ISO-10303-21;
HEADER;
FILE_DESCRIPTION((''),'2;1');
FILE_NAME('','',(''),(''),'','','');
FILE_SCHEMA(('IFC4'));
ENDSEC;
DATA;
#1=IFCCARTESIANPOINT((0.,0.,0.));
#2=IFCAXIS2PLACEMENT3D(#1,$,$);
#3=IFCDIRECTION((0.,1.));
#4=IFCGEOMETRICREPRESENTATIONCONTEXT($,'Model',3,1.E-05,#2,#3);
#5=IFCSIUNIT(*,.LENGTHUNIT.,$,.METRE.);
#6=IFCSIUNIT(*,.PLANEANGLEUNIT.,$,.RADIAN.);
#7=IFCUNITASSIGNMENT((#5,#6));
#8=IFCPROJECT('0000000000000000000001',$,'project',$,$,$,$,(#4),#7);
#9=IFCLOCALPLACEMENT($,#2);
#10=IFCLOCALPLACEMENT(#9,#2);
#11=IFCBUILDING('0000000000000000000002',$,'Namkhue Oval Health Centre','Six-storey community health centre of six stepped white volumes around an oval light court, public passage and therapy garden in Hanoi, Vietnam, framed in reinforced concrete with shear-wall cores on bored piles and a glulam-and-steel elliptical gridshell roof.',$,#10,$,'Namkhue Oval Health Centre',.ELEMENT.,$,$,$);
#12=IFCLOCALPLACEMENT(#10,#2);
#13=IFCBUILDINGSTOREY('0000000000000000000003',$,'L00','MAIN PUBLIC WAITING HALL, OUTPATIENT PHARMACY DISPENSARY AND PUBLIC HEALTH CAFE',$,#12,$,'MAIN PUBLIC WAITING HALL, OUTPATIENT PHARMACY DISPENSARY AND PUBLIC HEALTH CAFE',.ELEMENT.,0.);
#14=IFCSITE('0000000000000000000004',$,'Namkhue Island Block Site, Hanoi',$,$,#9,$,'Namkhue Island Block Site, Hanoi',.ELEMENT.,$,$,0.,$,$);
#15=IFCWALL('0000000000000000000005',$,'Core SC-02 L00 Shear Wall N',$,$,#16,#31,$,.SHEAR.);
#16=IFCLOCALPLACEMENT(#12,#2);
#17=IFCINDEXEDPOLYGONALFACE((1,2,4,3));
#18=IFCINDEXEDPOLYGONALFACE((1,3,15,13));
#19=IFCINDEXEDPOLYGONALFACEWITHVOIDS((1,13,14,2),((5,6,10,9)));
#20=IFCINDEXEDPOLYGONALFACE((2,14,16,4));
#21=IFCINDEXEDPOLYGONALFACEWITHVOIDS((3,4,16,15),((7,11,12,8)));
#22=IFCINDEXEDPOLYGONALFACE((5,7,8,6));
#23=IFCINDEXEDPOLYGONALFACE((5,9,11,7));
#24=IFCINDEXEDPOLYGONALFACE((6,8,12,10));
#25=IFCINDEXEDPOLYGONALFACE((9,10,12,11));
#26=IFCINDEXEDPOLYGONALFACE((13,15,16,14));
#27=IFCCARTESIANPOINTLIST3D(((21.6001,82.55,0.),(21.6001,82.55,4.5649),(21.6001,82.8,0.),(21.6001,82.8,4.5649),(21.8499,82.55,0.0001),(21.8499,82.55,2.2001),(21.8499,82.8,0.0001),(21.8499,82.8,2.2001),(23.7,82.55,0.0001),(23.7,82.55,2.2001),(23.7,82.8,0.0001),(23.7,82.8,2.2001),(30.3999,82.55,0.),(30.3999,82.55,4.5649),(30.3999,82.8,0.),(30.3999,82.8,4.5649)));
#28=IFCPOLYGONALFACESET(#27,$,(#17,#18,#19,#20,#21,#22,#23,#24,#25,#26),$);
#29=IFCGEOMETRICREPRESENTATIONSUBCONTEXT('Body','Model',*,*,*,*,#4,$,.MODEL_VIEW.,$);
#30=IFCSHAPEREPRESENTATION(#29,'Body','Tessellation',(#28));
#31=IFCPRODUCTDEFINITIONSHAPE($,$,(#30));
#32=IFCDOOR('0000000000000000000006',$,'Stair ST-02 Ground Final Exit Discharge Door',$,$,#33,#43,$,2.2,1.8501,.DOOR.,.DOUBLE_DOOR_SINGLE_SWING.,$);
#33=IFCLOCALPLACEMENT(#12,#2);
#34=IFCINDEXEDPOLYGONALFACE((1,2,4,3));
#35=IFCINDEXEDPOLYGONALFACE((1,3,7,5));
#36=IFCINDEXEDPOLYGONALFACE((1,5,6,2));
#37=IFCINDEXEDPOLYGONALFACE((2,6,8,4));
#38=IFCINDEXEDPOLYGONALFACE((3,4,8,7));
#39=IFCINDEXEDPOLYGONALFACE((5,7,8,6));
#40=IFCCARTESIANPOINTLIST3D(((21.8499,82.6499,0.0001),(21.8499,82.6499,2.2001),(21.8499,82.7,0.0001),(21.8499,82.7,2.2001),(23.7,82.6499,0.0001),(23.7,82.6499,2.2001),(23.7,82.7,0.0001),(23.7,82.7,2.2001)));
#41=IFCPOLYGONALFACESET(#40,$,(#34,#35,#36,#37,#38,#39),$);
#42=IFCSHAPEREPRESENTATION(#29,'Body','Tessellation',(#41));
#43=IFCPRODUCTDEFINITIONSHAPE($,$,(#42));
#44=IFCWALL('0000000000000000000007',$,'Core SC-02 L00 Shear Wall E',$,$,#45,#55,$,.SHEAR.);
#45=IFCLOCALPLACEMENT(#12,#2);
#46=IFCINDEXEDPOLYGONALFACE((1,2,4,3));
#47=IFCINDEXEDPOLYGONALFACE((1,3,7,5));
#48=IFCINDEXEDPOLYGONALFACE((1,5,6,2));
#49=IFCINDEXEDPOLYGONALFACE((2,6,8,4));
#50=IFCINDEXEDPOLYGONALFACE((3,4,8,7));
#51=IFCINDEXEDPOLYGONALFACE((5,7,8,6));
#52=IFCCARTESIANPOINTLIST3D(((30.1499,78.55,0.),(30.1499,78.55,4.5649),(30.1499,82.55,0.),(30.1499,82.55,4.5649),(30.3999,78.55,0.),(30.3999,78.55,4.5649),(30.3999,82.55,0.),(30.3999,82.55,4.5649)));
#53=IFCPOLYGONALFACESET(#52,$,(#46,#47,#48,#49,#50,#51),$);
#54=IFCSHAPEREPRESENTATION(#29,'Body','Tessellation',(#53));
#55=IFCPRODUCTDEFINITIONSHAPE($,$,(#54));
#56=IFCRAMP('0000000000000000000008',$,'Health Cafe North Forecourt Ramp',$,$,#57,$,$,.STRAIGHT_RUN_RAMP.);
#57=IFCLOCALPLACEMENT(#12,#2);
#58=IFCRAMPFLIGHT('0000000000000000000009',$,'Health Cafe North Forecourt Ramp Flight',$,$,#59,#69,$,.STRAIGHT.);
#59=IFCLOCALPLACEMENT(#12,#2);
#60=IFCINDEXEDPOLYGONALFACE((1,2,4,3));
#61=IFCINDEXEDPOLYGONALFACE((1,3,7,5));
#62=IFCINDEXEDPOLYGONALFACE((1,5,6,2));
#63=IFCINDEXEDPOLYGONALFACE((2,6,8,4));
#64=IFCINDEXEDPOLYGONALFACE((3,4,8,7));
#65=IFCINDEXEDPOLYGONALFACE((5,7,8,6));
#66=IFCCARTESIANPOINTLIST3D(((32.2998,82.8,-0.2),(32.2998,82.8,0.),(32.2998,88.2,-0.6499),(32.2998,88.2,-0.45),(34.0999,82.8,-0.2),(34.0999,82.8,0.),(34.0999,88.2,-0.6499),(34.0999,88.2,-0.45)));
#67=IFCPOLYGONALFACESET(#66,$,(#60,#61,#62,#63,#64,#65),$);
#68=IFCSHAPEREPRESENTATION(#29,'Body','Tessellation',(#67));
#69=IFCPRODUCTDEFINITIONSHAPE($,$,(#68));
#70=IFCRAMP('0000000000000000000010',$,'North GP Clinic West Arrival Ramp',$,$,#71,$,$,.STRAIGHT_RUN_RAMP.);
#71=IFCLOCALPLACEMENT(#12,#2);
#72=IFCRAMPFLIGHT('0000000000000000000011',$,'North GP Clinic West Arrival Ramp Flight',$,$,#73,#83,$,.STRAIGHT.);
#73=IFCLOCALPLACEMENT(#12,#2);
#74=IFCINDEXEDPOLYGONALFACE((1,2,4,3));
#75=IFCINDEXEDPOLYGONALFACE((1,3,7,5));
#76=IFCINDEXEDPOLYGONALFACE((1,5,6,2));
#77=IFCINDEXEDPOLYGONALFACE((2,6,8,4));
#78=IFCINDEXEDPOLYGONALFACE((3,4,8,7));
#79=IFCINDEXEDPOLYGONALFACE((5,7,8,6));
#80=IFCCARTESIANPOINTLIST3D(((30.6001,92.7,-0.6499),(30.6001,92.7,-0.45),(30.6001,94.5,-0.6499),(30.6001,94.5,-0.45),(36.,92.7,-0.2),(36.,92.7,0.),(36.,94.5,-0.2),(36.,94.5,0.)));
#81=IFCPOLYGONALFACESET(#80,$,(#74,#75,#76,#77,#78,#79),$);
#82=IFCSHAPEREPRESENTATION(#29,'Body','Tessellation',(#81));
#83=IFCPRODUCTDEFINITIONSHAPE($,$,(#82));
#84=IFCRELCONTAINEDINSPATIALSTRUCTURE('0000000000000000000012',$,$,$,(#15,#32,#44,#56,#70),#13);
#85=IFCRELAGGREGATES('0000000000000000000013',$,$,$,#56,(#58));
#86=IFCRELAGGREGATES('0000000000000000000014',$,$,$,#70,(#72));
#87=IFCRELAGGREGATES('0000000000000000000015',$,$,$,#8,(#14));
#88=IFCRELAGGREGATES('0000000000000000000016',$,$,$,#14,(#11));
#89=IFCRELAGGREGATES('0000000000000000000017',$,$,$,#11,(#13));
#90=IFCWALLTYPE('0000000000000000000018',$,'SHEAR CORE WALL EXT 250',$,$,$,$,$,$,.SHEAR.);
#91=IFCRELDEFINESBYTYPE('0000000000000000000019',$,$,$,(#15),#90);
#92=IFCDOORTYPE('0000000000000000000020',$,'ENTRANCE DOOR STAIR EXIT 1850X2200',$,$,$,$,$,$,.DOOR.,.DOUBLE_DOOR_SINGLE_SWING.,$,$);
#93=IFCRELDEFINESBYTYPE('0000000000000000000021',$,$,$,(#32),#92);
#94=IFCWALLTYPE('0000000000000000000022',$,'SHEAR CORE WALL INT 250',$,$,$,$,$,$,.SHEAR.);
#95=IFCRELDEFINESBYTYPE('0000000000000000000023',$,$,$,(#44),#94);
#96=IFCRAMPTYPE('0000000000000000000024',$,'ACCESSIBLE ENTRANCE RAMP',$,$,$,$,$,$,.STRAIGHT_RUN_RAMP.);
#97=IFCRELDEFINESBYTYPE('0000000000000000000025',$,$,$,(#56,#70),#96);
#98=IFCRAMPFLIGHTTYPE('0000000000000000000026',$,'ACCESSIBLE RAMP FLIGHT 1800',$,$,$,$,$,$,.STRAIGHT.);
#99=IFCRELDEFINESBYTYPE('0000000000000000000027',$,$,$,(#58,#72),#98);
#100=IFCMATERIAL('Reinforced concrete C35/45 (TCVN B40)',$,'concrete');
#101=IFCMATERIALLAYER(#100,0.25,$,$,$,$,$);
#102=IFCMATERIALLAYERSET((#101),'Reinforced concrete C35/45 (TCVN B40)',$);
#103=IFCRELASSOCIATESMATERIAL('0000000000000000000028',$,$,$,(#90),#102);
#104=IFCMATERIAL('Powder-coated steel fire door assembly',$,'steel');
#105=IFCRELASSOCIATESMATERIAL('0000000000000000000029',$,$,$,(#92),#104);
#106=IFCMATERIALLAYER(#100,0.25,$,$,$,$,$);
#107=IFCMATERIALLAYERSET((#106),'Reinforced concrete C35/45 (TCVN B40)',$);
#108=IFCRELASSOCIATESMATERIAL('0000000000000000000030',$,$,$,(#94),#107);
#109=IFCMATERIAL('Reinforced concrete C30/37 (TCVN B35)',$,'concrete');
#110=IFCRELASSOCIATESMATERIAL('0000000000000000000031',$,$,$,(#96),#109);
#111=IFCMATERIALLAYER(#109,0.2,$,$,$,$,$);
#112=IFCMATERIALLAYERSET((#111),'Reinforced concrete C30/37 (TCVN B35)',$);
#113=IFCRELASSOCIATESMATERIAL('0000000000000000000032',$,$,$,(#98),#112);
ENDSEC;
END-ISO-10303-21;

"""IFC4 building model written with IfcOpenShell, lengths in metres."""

from ifc_helpers import new_model, si_unit, direction, frame, frame_2d, origin, place, context, subcontext, project, spatial, polyline, rectangle, outline, extrude, material, layer, layer_set, type_object, element, fill, aggregate, save


model = new_model("IFC4")

# Units and contexts
model_context = context("Model", 3, precision=1e-05, world=origin(), true_north=direction((0.0, 1.0)))
body_context = subcontext(model_context, "Body", "Model", "MODEL_VIEW")
ifc_project = project(units=[si_unit("LENGTHUNIT", "METRE"), si_unit("PLANEANGLEUNIT", "RADIAN")], contexts=[model_context])

# Site, building, storey
site_placement = place(None, origin())
site = spatial("IfcSite", under=ifc_project, at=site_placement, Name="Namkhue Island Block Site, Hanoi", LongName="Namkhue Island Block Site, Hanoi", CompositionType="ELEMENT", RefElevation=0.0)
building_placement = place(site_placement, origin())
building = spatial("IfcBuilding", under=site, at=building_placement, Name="Namkhue Oval Health Centre", Description="Six-storey community health centre of six stepped white volumes around an oval light court, public passage and therapy garden in Hanoi, Vietnam, framed in reinforced concrete with shear-wall cores on bored piles and a glulam-and-steel elliptical gridshell roof.", LongName="Namkhue Oval Health Centre", CompositionType="ELEMENT")
storey_placement = place(building_placement, origin())
storey = spatial("IfcBuildingStorey", under=building, at=storey_placement, Name="L00", Description="MAIN PUBLIC WAITING HALL, OUTPATIENT PHARMACY DISPENSARY AND PUBLIC HEALTH CAFE", LongName="MAIN PUBLIC WAITING HALL, OUTPATIENT PHARMACY DISPENSARY AND PUBLIC HEALTH CAFE", CompositionType="ELEMENT", Elevation=0.0)

# Shared definitions
ifc_material_1 = material(Name="Reinforced concrete C30/37 (TCVN B35)", Category="concrete")

# Shared definitions
ifc_material_2 = material(Name="Reinforced concrete C35/45 (TCVN B40)", Category="concrete")

# Wall, opening, door
ifc_layer_1 = layer(ifc_material_2, 0.25)
ifc_layer_set_1 = layer_set([ifc_layer_1], Name="Reinforced concrete C35/45 (TCVN B40)")
wall_type_1 = type_object("IfcWallType", Name="SHEAR CORE WALL EXT 250", PredefinedType="SHEAR", material=ifc_layer_set_1)
wall_1_placement = place(storey_placement, frame((30.3999, 82.675, 0.0), z_axis=(0.0, 0.0, 1.0), x_axis=(-1.0, 0.0, 0.0)))
wall_1 = element("IfcWall", 1, at=wall_1_placement, inside=storey, type_object=wall_type_1, Name="Core SC-02 L00 Shear Wall N", PredefinedType="SHEAR", context=body_context, shape_type="SweptSolid", body=[
    extrude(rectangle(XDim=8.7998, YDim=0.25, at=frame_2d((4.3999, 0.0))), origin(), (0.0, 0.0, 1.0), 4.5649),
])
opening_1_placement = place(wall_1_placement, frame((6.7, 0.0, 0.0)))
opening_1 = element("IfcOpeningElement", 2, at=opening_1_placement, cuts=wall_1, PredefinedType="OPENING", context=body_context, shape_type="SweptSolid", body=[
    extrude(rectangle(XDim=1.8501, YDim=2.2, at=frame_2d((0.925, 1.1001))), frame((0.0, 0.135, 0.0), z_axis=(0.0, -1.0, 0.0), x_axis=(1.0, 0.0, 0.0)), (0.0, 0.0, 1.0), 0.27),
])
ifc_material_3 = material(Name="Powder-coated steel fire door assembly", Category="steel")
door_type = type_object("IfcDoorType", Name="ENTRANCE DOOR STAIR EXIT 1850X2200", OperationType="DOUBLE_DOOR_SINGLE_SWING", PredefinedType="DOOR", material=ifc_material_3)
door_placement = place(opening_1_placement, frame((1.8501, 0.0, 0.0), z_axis=(0.0, 0.0, 1.0), x_axis=(-1.0, 0.0, 0.0)))
door = element("IfcDoor", 3, at=door_placement, inside=storey, type_object=door_type, Name="Stair ST-02 Ground Final Exit Discharge Door", OperationType="DOUBLE_DOOR_SINGLE_SWING", OverallHeight=2.2, OverallWidth=1.8501, PredefinedType="DOOR", context=body_context, shape_type="SweptSolid", body=[
    extrude(rectangle(XDim=1.8501, YDim=2.2, at=frame_2d((0.925, 1.1001))), frame((0.0, 0.0249, 0.0), z_axis=(0.0, -1.0, 0.0), x_axis=(1.0, 0.0, 0.0)), (0.0, 0.0, 1.0), 0.05),
])
fill(opening_1, door)

# Wall
ifc_layer_2 = layer(ifc_material_2, 0.25)
ifc_layer_set_2 = layer_set([ifc_layer_2], Name="Reinforced concrete C35/45 (TCVN B40)")
wall_type_2 = type_object("IfcWallType", Name="SHEAR CORE WALL INT 250", PredefinedType="SHEAR", material=ifc_layer_set_2)
wall_2_placement = place(storey_placement, frame((30.2749, 78.55, 0.0), z_axis=(0.0, 0.0, 1.0), x_axis=(0.0, 1.0, 0.0)))
element("IfcWall", 4, at=wall_2_placement, inside=storey, type_object=wall_type_2, Name="Core SC-02 L00 Shear Wall E", PredefinedType="SHEAR", context=body_context, shape_type="SweptSolid", body=[
    extrude(rectangle(XDim=4.0, YDim=0.25, at=frame_2d((2.0, 0.0))), origin(), (0.0, 0.0, 1.0), 4.5649),
])

# Ramps, ramp flights
ramp_type = type_object("IfcRampType", Name="ACCESSIBLE ENTRANCE RAMP", PredefinedType="STRAIGHT_RUN_RAMP", material=ifc_material_1)
ramp_1_placement = place(storey_placement, origin())
ramp_1 = element("IfcRamp", 5, at=ramp_1_placement, inside=storey, type_object=ramp_type, Name="Health Cafe North Forecourt Ramp", PredefinedType="STRAIGHT_RUN_RAMP")
ifc_layer_3 = layer(ifc_material_1, 0.2)
ifc_layer_set_3 = layer_set([ifc_layer_3], Name="Reinforced concrete C30/37 (TCVN B35)")
ramp_flight_type = type_object("IfcRampFlightType", Name="ACCESSIBLE RAMP FLIGHT 1800", PredefinedType="STRAIGHT", material=ifc_layer_set_3)
ramp_flight_1_placement = place(storey_placement, frame((33.2, 88.2, -0.45), z_axis=(0.0, 0.0, 1.0), x_axis=(0.0, -1.0, 0.0)))
ramp_flight_1 = element("IfcRampFlight", 6, at=ramp_flight_1_placement, type_object=ramp_flight_type, Name="Health Cafe North Forecourt Ramp Flight", PredefinedType="STRAIGHT", context=body_context, shape_type="SweptSolid", body=[
    extrude(outline(polyline([(0.0, 0.0), (5.3999, 0.45), (5.3999, 0.25), (0.0, -0.2), (0.0, 0.0)])), frame((0.0, 0.8999, 0.0), z_axis=(0.0, -1.0, 0.0), x_axis=(1.0, 0.0, 0.0)), (0.0, 0.0, 1.0), 1.8),
])
aggregate(ramp_1, [ramp_flight_1])
ramp_2_placement = place(storey_placement, origin())
ramp_2 = element("IfcRamp", 7, at=ramp_2_placement, inside=storey, type_object=ramp_type, Name="North GP Clinic West Arrival Ramp", PredefinedType="STRAIGHT_RUN_RAMP")
ramp_flight_2_placement = place(storey_placement, frame((30.6001, 93.6001, -0.45), z_axis=(0.0, 0.0, 1.0), x_axis=(1.0, 0.0, 0.0)))
ramp_flight_2 = element("IfcRampFlight", 8, at=ramp_flight_2_placement, type_object=ramp_flight_type, Name="North GP Clinic West Arrival Ramp Flight", PredefinedType="STRAIGHT", context=body_context, shape_type="SweptSolid", body=[
    extrude(outline(polyline([(0.0, 0.0), (5.3999, 0.45), (5.3999, 0.25), (0.0, -0.2), (0.0, 0.0)])), frame((0.0, 0.8999, 0.0), z_axis=(0.0, -1.0, 0.0), x_axis=(1.0, 0.0, 0.0)), (0.0, 0.0, 1.0), 1.8),
])
aggregate(ramp_2, [ramp_flight_2])

save(model, "model.ifc")
